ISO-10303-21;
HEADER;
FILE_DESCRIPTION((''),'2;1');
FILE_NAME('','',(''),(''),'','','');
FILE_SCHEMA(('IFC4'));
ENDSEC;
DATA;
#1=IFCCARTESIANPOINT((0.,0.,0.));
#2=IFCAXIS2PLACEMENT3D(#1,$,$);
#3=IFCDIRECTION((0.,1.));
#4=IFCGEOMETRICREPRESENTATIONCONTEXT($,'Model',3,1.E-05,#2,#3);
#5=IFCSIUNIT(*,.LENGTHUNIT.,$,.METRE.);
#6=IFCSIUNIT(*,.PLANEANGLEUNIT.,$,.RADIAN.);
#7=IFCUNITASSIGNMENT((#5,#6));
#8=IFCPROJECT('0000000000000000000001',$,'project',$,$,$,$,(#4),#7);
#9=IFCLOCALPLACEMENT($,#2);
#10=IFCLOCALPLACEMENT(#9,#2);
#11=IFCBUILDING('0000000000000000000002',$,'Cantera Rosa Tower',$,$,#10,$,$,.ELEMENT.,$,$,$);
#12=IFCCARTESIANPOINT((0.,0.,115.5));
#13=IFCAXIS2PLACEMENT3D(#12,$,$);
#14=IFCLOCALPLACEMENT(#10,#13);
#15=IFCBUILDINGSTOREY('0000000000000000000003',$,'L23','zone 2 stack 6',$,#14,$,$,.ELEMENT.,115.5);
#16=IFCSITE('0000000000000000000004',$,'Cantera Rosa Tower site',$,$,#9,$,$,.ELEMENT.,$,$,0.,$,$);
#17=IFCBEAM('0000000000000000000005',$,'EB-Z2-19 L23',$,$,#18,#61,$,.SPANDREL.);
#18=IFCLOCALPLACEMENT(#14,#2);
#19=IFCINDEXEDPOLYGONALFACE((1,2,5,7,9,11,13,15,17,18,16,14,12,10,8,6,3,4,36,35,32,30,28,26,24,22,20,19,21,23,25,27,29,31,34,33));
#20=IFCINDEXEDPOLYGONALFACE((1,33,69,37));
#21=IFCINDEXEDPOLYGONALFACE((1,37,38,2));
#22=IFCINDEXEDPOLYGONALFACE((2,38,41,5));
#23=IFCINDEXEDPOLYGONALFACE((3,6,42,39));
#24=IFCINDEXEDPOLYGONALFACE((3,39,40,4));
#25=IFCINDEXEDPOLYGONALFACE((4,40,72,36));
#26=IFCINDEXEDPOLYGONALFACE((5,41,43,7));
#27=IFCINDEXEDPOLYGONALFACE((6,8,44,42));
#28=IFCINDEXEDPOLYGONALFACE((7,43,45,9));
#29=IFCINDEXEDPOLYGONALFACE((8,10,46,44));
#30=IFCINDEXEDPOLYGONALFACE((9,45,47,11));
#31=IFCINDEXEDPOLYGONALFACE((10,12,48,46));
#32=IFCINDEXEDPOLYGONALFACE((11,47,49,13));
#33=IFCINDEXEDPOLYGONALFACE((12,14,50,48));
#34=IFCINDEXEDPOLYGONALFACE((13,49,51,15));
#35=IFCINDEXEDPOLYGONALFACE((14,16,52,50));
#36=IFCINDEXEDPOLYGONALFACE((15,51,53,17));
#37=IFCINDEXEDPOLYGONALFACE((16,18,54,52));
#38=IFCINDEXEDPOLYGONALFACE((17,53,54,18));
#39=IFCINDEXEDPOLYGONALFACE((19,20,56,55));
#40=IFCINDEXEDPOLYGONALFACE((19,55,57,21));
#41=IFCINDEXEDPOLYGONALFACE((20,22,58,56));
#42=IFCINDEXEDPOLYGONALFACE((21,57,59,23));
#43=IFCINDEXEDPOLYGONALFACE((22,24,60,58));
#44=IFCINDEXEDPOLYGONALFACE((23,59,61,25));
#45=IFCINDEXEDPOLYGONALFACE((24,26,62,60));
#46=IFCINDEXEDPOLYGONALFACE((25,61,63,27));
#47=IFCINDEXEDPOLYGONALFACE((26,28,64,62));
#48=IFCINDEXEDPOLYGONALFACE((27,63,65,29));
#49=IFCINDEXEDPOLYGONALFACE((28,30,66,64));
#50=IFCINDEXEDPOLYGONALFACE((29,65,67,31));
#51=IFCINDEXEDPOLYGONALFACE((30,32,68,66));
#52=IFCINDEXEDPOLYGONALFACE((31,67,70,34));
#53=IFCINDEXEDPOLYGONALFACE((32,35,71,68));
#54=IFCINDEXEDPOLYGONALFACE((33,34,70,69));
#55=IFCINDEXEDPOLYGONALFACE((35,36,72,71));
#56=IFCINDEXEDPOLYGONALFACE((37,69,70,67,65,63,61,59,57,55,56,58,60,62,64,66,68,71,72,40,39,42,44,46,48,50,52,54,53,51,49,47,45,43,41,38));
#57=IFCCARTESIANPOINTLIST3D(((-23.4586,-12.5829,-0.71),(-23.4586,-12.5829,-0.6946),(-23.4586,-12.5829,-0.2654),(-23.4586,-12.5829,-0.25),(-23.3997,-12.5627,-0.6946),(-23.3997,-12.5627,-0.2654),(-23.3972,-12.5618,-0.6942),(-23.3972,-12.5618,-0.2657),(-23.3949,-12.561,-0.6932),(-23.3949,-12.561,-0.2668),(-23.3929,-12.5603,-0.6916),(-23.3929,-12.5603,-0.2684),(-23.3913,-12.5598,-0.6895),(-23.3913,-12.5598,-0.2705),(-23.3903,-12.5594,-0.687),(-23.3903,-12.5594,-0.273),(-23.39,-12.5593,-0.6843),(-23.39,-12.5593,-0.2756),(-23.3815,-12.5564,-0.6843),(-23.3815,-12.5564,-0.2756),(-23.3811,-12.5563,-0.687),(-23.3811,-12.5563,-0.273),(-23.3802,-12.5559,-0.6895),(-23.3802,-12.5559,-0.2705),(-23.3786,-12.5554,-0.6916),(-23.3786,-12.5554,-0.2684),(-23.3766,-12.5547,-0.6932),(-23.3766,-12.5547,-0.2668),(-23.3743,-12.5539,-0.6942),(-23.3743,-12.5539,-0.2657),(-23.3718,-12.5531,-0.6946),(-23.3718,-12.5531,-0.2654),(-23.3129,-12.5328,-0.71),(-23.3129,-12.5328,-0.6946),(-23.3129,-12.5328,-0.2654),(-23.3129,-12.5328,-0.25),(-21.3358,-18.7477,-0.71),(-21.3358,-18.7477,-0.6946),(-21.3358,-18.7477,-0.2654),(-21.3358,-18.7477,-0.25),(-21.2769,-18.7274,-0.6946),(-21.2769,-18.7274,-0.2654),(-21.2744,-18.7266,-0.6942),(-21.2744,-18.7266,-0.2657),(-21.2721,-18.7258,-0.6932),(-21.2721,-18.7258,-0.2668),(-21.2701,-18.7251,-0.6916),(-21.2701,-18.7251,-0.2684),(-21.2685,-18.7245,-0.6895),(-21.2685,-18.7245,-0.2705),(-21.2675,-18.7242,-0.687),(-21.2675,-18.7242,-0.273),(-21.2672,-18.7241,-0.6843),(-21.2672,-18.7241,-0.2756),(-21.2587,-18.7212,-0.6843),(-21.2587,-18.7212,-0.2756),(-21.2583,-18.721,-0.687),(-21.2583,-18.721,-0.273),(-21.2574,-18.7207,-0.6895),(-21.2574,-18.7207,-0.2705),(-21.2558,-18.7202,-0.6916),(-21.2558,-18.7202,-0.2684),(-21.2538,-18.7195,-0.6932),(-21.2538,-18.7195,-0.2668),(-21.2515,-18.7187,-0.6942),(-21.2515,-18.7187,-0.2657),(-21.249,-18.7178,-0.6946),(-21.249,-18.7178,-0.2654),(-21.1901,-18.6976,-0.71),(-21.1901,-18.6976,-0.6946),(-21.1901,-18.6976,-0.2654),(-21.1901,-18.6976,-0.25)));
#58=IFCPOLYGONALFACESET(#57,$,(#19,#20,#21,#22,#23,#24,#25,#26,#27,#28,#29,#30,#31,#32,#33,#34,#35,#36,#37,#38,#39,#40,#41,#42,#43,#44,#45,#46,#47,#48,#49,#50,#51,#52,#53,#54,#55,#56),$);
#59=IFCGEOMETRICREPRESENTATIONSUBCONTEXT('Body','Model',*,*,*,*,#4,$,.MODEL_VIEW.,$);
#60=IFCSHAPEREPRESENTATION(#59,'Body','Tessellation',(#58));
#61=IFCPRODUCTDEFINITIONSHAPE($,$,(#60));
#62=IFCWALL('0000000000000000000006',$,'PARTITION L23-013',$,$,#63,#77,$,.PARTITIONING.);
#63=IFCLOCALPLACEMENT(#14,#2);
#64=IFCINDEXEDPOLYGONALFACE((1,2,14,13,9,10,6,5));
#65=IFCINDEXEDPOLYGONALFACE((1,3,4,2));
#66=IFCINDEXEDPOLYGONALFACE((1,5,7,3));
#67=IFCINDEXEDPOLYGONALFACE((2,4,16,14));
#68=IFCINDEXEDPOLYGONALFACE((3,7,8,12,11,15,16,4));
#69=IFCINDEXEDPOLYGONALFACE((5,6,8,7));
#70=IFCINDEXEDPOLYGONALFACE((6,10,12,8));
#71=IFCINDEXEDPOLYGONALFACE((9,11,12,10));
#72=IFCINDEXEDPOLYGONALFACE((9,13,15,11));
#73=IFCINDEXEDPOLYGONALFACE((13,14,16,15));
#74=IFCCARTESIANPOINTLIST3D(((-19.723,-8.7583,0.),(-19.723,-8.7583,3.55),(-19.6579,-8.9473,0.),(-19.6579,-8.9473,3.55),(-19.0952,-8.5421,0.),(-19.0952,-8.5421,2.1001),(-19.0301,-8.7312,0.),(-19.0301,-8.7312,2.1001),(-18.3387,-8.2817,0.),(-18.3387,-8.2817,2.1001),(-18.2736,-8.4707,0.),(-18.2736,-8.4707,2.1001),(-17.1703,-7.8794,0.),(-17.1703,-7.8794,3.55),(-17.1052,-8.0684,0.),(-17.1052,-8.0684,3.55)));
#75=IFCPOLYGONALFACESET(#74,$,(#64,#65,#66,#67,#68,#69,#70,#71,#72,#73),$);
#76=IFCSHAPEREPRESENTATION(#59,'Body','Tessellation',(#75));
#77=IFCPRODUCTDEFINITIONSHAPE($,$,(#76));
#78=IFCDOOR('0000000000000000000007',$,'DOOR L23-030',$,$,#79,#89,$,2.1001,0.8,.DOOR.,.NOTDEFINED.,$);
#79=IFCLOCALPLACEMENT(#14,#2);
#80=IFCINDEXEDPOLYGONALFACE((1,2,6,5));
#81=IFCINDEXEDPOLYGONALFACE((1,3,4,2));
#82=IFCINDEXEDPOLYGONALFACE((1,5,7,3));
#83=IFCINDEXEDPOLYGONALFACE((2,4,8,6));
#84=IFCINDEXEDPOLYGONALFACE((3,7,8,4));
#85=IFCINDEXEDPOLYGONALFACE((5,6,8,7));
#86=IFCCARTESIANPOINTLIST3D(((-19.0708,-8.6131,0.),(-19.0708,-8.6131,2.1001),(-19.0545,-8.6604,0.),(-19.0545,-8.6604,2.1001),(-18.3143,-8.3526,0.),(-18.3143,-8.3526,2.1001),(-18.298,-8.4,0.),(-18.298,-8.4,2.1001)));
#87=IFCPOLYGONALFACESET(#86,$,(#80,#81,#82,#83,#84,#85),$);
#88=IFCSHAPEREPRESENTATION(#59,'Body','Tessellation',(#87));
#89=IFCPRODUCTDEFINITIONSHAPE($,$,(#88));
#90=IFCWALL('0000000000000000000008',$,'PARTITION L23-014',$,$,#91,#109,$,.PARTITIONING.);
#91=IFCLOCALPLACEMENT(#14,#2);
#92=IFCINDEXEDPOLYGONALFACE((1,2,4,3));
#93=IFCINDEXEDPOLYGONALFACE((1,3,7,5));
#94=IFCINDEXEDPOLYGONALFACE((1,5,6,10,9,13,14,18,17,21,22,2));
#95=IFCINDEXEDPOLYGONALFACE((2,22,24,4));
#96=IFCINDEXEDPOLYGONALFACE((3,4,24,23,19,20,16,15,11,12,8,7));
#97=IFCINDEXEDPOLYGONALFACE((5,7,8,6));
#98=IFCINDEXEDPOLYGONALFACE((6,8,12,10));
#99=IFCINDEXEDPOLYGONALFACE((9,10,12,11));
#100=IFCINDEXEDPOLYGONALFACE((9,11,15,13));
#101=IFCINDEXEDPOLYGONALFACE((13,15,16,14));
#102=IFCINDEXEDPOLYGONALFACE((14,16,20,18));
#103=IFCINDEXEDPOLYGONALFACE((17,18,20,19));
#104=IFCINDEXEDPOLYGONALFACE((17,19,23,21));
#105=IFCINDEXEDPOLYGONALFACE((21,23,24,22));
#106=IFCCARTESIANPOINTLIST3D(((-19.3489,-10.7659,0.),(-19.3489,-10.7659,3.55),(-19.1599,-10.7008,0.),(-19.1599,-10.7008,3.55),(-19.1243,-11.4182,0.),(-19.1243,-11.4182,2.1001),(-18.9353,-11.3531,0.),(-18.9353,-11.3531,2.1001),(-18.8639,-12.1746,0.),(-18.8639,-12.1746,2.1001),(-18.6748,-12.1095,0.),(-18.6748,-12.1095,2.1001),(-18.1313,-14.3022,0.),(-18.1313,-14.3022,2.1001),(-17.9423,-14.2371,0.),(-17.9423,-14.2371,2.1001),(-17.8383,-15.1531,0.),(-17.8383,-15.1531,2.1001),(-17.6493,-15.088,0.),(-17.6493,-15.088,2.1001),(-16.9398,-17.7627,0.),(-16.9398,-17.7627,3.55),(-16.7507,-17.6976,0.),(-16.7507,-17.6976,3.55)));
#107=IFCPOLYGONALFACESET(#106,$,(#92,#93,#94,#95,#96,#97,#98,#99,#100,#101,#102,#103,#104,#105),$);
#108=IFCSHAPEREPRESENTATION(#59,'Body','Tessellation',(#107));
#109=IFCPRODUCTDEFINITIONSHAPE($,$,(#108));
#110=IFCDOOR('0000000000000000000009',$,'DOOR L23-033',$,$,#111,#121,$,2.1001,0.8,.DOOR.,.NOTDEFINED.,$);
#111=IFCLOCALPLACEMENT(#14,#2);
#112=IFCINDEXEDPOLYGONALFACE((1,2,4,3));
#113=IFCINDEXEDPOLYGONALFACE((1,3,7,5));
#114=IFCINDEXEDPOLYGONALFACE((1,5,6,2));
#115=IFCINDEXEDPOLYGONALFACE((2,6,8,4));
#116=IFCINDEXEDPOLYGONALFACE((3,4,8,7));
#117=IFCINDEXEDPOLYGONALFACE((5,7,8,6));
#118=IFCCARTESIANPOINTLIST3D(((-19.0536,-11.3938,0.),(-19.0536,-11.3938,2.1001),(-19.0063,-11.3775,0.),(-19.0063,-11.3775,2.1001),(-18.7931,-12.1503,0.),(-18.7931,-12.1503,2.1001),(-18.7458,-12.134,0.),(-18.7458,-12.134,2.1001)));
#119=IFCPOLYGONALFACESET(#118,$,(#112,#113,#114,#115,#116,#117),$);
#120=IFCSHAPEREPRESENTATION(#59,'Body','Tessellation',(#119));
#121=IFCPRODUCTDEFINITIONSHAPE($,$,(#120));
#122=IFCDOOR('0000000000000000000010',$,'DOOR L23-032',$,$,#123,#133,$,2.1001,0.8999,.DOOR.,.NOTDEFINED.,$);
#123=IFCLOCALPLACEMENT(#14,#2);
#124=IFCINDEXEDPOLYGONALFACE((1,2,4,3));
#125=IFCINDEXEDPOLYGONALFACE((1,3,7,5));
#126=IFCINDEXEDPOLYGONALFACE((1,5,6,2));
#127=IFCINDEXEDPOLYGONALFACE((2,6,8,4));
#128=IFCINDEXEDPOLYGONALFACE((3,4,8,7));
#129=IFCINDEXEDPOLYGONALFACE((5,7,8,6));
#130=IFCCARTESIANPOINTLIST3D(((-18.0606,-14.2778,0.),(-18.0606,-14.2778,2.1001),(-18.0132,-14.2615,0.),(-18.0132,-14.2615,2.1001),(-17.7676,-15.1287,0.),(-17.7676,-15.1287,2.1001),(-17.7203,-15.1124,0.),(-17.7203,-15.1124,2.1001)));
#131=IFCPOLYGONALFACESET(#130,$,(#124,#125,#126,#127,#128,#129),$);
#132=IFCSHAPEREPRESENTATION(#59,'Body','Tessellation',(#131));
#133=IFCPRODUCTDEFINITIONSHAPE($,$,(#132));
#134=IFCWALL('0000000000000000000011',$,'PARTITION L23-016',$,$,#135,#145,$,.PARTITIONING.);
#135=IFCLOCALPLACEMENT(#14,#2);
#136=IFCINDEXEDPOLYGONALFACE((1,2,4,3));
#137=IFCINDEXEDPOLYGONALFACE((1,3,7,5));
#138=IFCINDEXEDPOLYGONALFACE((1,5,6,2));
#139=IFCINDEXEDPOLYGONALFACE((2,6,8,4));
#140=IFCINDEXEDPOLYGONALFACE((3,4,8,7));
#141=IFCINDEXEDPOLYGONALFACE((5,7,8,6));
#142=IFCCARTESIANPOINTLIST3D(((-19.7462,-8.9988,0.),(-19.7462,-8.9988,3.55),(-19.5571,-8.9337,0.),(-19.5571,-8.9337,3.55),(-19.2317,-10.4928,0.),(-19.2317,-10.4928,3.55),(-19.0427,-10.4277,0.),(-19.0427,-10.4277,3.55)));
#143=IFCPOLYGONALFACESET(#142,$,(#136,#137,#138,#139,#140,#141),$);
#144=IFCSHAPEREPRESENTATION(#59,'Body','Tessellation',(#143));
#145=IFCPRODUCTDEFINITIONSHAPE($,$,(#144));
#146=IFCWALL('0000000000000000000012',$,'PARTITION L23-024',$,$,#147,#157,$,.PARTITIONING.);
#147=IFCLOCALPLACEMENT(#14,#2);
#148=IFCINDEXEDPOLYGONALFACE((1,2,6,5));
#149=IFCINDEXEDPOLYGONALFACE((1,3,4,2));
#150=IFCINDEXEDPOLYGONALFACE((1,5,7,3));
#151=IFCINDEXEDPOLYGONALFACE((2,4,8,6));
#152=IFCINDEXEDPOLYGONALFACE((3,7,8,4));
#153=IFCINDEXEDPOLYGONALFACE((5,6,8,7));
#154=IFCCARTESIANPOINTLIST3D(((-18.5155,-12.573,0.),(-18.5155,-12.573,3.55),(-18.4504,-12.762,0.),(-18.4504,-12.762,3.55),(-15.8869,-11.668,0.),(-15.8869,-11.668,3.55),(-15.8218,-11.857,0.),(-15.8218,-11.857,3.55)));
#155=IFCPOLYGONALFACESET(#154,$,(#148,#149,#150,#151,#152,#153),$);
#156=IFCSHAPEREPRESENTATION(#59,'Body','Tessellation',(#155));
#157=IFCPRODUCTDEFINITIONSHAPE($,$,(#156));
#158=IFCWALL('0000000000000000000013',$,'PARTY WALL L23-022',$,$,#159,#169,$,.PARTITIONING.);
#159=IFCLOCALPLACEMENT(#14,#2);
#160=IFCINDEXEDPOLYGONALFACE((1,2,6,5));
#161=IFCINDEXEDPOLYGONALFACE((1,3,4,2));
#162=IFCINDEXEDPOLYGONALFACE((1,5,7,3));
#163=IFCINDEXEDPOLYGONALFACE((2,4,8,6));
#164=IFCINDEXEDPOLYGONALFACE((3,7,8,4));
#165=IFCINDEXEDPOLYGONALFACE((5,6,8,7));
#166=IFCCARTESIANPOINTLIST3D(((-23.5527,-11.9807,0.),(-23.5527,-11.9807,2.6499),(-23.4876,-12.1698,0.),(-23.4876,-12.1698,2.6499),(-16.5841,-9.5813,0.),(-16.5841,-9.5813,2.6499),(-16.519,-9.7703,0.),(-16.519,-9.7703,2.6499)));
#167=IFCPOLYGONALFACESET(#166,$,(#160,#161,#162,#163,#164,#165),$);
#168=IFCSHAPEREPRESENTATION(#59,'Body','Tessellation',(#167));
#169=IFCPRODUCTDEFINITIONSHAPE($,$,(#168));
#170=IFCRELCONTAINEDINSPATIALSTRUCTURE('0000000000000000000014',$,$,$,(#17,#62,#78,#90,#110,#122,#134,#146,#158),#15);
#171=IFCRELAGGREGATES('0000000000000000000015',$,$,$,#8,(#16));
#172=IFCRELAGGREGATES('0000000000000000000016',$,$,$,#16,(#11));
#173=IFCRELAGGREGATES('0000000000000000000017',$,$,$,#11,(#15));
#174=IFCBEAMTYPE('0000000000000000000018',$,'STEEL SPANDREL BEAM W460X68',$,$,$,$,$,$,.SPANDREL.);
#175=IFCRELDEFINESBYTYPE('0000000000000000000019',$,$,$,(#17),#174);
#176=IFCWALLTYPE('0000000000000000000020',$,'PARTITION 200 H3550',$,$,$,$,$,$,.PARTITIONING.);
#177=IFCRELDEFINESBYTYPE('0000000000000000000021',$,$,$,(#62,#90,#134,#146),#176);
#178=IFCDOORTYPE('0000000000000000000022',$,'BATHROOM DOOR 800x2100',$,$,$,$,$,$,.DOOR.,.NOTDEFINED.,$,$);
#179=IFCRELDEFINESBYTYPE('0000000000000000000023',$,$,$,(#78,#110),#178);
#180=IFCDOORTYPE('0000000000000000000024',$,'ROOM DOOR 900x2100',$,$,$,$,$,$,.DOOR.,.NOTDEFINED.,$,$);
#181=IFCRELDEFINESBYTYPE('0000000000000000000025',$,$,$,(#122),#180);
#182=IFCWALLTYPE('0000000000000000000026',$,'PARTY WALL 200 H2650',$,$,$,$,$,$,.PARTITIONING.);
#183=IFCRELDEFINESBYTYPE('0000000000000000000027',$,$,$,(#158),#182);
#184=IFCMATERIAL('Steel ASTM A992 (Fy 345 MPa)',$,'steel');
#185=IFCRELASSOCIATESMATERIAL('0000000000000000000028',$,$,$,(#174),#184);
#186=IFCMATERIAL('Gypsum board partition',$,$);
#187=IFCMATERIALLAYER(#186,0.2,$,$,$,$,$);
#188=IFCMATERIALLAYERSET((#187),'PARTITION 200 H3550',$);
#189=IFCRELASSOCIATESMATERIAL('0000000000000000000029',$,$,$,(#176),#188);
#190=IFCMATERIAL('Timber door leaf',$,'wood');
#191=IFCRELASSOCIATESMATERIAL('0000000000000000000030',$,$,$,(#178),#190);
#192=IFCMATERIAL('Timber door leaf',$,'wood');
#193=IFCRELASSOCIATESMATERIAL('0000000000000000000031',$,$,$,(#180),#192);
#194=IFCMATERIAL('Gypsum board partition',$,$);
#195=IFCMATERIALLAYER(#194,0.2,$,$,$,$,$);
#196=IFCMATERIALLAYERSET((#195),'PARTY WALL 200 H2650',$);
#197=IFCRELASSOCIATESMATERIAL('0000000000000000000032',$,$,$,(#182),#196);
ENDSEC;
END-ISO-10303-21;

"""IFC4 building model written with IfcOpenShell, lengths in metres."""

from ifc_helpers import new_model, si_unit, direction, frame, frame_2d, origin, origin_2d, place, context, subcontext, project, spatial, rectangle, i_section, extrude, material, layer, layer_set, material_profile, profile_set, type_object, element, fill, save


model = new_model("IFC4")

# Units and contexts
model_context = context("Model", 3, precision=1e-05, world=origin(), true_north=direction((0.0, 1.0)))
body_context = subcontext(model_context, "Body", "Model", "MODEL_VIEW")
ifc_project = project(units=[si_unit("LENGTHUNIT", "METRE"), si_unit("PLANEANGLEUNIT", "RADIAN")], contexts=[model_context])

# Site, building, storey
site_placement = place(None, origin())
site = spatial("IfcSite", under=ifc_project, at=site_placement, Name="Cantera Rosa Tower site", CompositionType="ELEMENT", RefElevation=0.0)
building_placement = place(site_placement, origin())
building = spatial("IfcBuilding", under=site, at=building_placement, Name="Cantera Rosa Tower", CompositionType="ELEMENT")
storey_placement = place(building_placement, frame((0.0, 0.0, 115.5)))
storey = spatial("IfcBuildingStorey", under=building, at=storey_placement, Name="L23", Description="zone 2 stack 6", CompositionType="ELEMENT", Elevation=115.5)

# Beam
ifc_material_1 = material(Name="Steel ASTM A992 (Fy 345 MPa)", Category="steel")
ifc_material_profile_1 = material_profile(ifc_material_1, i_section(OverallWidth=0.1541, OverallDepth=0.46, WebThickness=0.009, FlangeThickness=0.0154, FilletRadius=0.0103, at=origin_2d()), Name="W460X68")
ifc_profile_set_1 = profile_set([ifc_material_profile_1], Name="Steel ASTM A992 (Fy 345 MPa)")
beam_type_1 = type_object("IfcBeamType", Name="STEEL SPANDREL BEAM W460X68", PredefinedType="SPANDREL", material=ifc_profile_set_1)
beam_1_placement = place(storey_placement, frame((-23.3857, -12.5579, -0.48), z_axis=(0.325581, -0.945514, 0.0), x_axis=(0.945514, 0.325581, 0.0)))
element("IfcBeam", 1, at=beam_1_placement, inside=storey, type_object=beam_type_1, Name="EB-Z2-19 L23", PredefinedType="SPANDREL", context=body_context, shape_type="SweptSolid", body=[
    extrude(i_section(OverallWidth=0.1541, OverallDepth=0.46, WebThickness=0.009, FlangeThickness=0.0154, FilletRadius=0.0103, at=origin_2d()), origin(), (0.0, 0.0, 1.0), 6.52),
])

# Wall, opening, door
ifc_material_2 = material(Name="Gypsum board partition")
ifc_layer_1 = layer(ifc_material_2, 0.2)
ifc_layer_set_1 = layer_set([ifc_layer_1], Name="PARTITION 200 H3550")
wall_type_1 = type_object("IfcWallType", Name="PARTITION 200 H3550", PredefinedType="PARTITIONING", material=ifc_layer_set_1)
wall_1_placement = place(storey_placement, frame((-19.6904, -8.8528, 0.0), z_axis=(0.0, 0.0, 1.0), x_axis=(0.945527, 0.325545, 0.0)))
wall_1 = element("IfcWall", 2, at=wall_1_placement, inside=storey, type_object=wall_type_1, Name="PARTITION L23-013", PredefinedType="PARTITIONING", context=body_context, shape_type="SweptSolid", body=[
    extrude(rectangle(XDim=2.6997, YDim=0.2, at=frame_2d((1.3499, 0.0))), origin(), (0.0, 0.0, 1.0), 3.55),
])
opening_1_placement = place(wall_1_placement, frame((0.6641, 0.0, 0.0)))
opening_1 = element("IfcOpeningElement", 3, at=opening_1_placement, cuts=wall_1, PredefinedType="OPENING", context=body_context, shape_type="SweptSolid", body=[
    extrude(rectangle(XDim=0.8, YDim=2.1001, at=frame_2d((0.3999, 1.05))), frame((0.0, 0.1099, 0.0), z_axis=(0.0, -1.0, 0.0), x_axis=(1.0, 0.0, 0.0)), (0.0, 0.0, 1.0), 0.22),
])
ifc_material_3 = material(Name="Timber door leaf", Category="wood")
door_type_1 = type_object("IfcDoorType", Name="BATHROOM DOOR 800x2100", OperationType="NOTDEFINED", PredefinedType="DOOR", material=ifc_material_3)
door_1_placement = place(opening_1_placement, origin())
door_1 = element("IfcDoor", 4, at=door_1_placement, inside=storey, type_object=door_type_1, Name="DOOR L23-030", OperationType="NOTDEFINED", OverallHeight=2.1001, OverallWidth=0.8, PredefinedType="DOOR", context=body_context, shape_type="SweptSolid", body=[
    extrude(rectangle(XDim=0.8, YDim=2.1001, at=frame_2d((0.3999, 1.05))), frame((0.0, 0.0249, 0.0), z_axis=(0.0, -1.0, 0.0), x_axis=(1.0, 0.0, 0.0)), (0.0, 0.0, 1.0), 0.05),
])
fill(opening_1, door_1)

# Wall, openings, doors
wall_2_placement = place(storey_placement, frame((-19.2544, -10.7334, 0.0), z_axis=(0.0, 0.0, 1.0), x_axis=(0.325566, -0.945519, 0.0)))
wall_2 = element("IfcWall", 5, at=wall_2_placement, inside=storey, type_object=wall_type_1, Name="PARTITION L23-014", PredefinedType="PARTITIONING", context=body_context, shape_type="SweptSolid", body=[
    extrude(rectangle(XDim=7.3999, YDim=0.2, at=frame_2d((3.7, 0.0))), origin(), (0.0, 0.0, 1.0), 3.55),
])
opening_2_placement = place(wall_2_placement, frame((3.74, 0.0, 0.0)))
opening_2 = element("IfcOpeningElement", 6, at=opening_2_placement, cuts=wall_2, PredefinedType="OPENING", context=body_context, shape_type="SweptSolid", body=[
    extrude(rectangle(XDim=0.8999, YDim=2.1001, at=frame_2d((0.45, 1.05))), frame((0.0, 0.1099, 0.0), z_axis=(0.0, -1.0, 0.0), x_axis=(1.0, 0.0, 0.0)), (0.0, 0.0, 1.0), 0.22),
])
opening_3_placement = place(wall_2_placement, frame((0.6899, 0.0, 0.0)))
opening_3 = element("IfcOpeningElement", 7, at=opening_3_placement, cuts=wall_2, PredefinedType="OPENING", context=body_context, shape_type="SweptSolid", body=[
    extrude(rectangle(XDim=0.8, YDim=2.1001, at=frame_2d((0.3999, 1.05))), frame((0.0, 0.1099, 0.0), z_axis=(0.0, -1.0, 0.0), x_axis=(1.0, 0.0, 0.0)), (0.0, 0.0, 1.0), 0.22),
])
door_2_placement = place(opening_3_placement, origin())
door_2 = element("IfcDoor", 8, at=door_2_placement, inside=storey, type_object=door_type_1, Name="DOOR L23-033", OperationType="NOTDEFINED", OverallHeight=2.1001, OverallWidth=0.8, PredefinedType="DOOR", context=body_context, shape_type="SweptSolid", body=[
    extrude(rectangle(XDim=0.8, YDim=2.1001, at=frame_2d((0.3999, 1.05))), frame((0.0, 0.0249, 0.0), z_axis=(0.0, -1.0, 0.0), x_axis=(1.0, 0.0, 0.0)), (0.0, 0.0, 1.0), 0.05),
])
fill(opening_3, door_2)
ifc_material_4 = material(Name="Timber door leaf", Category="wood")
door_type_2 = type_object("IfcDoorType", Name="ROOM DOOR 900x2100", OperationType="NOTDEFINED", PredefinedType="DOOR", material=ifc_material_4)
door_3_placement = place(opening_2_placement, origin())
door_3 = element("IfcDoor", 9, at=door_3_placement, inside=storey, type_object=door_type_2, Name="DOOR L23-032", OperationType="NOTDEFINED", OverallHeight=2.1001, OverallWidth=0.8999, PredefinedType="DOOR", context=body_context, shape_type="SweptSolid", body=[
    extrude(rectangle(XDim=0.8999, YDim=2.1001, at=frame_2d((0.45, 1.05))), frame((0.0, 0.0249, 0.0), z_axis=(0.0, -1.0, 0.0), x_axis=(1.0, 0.0, 0.0)), (0.0, 0.0, 1.0), 0.05),
])
fill(opening_2, door_3)

# Walls
wall_3_placement = place(storey_placement, frame((-19.1372, -10.4602, 0.0), z_axis=(0.0, 0.0, 1.0), x_axis=(-0.325576, 0.945516, 0.0)))
element("IfcWall", 10, at=wall_3_placement, inside=storey, type_object=wall_type_1, Name="PARTITION L23-016", PredefinedType="PARTITIONING", context=body_context, shape_type="SweptSolid", body=[
    extrude(rectangle(XDim=1.5801, YDim=0.2, at=frame_2d((0.79, 0.0))), origin(), (0.0, 0.0, 1.0), 3.55),
])
wall_4_placement = place(storey_placement, frame((-15.8542, -11.7625, 0.0), z_axis=(0.0, 0.0, 1.0), x_axis=(-0.945529, -0.325539, 0.0)))
element("IfcWall", 11, at=wall_4_placement, inside=storey, type_object=wall_type_1, Name="PARTITION L23-024", PredefinedType="PARTITIONING", context=body_context, shape_type="SweptSolid", body=[
    extrude(rectangle(XDim=2.78, YDim=0.2, at=frame_2d((1.3901, 0.0))), origin(), (0.0, 0.0, 1.0), 3.55),
])
ifc_material_5 = material(Name="Gypsum board partition")
ifc_layer_2 = layer(ifc_material_5, 0.2)
ifc_layer_set_2 = layer_set([ifc_layer_2], Name="PARTY WALL 200 H2650")
wall_type_2 = type_object("IfcWallType", Name="PARTY WALL 200 H2650", PredefinedType="PARTITIONING", material=ifc_layer_set_2)
wall_5_placement = place(storey_placement, frame((-16.5515, -9.6758, 0.0), z_axis=(0.0, 0.0, 1.0), x_axis=(-0.94552, -0.325564, 0.0)))
element("IfcWall", 12, at=wall_5_placement, inside=storey, type_object=wall_type_2, Name="PARTY WALL L23-022", PredefinedType="PARTITIONING", context=body_context, shape_type="SweptSolid", body=[
    extrude(rectangle(XDim=7.3701, YDim=0.2, at=frame_2d((3.6851, 0.0))), origin(), (0.0, 0.0, 1.0), 2.6499),
])

save(model, "model.ifc")
